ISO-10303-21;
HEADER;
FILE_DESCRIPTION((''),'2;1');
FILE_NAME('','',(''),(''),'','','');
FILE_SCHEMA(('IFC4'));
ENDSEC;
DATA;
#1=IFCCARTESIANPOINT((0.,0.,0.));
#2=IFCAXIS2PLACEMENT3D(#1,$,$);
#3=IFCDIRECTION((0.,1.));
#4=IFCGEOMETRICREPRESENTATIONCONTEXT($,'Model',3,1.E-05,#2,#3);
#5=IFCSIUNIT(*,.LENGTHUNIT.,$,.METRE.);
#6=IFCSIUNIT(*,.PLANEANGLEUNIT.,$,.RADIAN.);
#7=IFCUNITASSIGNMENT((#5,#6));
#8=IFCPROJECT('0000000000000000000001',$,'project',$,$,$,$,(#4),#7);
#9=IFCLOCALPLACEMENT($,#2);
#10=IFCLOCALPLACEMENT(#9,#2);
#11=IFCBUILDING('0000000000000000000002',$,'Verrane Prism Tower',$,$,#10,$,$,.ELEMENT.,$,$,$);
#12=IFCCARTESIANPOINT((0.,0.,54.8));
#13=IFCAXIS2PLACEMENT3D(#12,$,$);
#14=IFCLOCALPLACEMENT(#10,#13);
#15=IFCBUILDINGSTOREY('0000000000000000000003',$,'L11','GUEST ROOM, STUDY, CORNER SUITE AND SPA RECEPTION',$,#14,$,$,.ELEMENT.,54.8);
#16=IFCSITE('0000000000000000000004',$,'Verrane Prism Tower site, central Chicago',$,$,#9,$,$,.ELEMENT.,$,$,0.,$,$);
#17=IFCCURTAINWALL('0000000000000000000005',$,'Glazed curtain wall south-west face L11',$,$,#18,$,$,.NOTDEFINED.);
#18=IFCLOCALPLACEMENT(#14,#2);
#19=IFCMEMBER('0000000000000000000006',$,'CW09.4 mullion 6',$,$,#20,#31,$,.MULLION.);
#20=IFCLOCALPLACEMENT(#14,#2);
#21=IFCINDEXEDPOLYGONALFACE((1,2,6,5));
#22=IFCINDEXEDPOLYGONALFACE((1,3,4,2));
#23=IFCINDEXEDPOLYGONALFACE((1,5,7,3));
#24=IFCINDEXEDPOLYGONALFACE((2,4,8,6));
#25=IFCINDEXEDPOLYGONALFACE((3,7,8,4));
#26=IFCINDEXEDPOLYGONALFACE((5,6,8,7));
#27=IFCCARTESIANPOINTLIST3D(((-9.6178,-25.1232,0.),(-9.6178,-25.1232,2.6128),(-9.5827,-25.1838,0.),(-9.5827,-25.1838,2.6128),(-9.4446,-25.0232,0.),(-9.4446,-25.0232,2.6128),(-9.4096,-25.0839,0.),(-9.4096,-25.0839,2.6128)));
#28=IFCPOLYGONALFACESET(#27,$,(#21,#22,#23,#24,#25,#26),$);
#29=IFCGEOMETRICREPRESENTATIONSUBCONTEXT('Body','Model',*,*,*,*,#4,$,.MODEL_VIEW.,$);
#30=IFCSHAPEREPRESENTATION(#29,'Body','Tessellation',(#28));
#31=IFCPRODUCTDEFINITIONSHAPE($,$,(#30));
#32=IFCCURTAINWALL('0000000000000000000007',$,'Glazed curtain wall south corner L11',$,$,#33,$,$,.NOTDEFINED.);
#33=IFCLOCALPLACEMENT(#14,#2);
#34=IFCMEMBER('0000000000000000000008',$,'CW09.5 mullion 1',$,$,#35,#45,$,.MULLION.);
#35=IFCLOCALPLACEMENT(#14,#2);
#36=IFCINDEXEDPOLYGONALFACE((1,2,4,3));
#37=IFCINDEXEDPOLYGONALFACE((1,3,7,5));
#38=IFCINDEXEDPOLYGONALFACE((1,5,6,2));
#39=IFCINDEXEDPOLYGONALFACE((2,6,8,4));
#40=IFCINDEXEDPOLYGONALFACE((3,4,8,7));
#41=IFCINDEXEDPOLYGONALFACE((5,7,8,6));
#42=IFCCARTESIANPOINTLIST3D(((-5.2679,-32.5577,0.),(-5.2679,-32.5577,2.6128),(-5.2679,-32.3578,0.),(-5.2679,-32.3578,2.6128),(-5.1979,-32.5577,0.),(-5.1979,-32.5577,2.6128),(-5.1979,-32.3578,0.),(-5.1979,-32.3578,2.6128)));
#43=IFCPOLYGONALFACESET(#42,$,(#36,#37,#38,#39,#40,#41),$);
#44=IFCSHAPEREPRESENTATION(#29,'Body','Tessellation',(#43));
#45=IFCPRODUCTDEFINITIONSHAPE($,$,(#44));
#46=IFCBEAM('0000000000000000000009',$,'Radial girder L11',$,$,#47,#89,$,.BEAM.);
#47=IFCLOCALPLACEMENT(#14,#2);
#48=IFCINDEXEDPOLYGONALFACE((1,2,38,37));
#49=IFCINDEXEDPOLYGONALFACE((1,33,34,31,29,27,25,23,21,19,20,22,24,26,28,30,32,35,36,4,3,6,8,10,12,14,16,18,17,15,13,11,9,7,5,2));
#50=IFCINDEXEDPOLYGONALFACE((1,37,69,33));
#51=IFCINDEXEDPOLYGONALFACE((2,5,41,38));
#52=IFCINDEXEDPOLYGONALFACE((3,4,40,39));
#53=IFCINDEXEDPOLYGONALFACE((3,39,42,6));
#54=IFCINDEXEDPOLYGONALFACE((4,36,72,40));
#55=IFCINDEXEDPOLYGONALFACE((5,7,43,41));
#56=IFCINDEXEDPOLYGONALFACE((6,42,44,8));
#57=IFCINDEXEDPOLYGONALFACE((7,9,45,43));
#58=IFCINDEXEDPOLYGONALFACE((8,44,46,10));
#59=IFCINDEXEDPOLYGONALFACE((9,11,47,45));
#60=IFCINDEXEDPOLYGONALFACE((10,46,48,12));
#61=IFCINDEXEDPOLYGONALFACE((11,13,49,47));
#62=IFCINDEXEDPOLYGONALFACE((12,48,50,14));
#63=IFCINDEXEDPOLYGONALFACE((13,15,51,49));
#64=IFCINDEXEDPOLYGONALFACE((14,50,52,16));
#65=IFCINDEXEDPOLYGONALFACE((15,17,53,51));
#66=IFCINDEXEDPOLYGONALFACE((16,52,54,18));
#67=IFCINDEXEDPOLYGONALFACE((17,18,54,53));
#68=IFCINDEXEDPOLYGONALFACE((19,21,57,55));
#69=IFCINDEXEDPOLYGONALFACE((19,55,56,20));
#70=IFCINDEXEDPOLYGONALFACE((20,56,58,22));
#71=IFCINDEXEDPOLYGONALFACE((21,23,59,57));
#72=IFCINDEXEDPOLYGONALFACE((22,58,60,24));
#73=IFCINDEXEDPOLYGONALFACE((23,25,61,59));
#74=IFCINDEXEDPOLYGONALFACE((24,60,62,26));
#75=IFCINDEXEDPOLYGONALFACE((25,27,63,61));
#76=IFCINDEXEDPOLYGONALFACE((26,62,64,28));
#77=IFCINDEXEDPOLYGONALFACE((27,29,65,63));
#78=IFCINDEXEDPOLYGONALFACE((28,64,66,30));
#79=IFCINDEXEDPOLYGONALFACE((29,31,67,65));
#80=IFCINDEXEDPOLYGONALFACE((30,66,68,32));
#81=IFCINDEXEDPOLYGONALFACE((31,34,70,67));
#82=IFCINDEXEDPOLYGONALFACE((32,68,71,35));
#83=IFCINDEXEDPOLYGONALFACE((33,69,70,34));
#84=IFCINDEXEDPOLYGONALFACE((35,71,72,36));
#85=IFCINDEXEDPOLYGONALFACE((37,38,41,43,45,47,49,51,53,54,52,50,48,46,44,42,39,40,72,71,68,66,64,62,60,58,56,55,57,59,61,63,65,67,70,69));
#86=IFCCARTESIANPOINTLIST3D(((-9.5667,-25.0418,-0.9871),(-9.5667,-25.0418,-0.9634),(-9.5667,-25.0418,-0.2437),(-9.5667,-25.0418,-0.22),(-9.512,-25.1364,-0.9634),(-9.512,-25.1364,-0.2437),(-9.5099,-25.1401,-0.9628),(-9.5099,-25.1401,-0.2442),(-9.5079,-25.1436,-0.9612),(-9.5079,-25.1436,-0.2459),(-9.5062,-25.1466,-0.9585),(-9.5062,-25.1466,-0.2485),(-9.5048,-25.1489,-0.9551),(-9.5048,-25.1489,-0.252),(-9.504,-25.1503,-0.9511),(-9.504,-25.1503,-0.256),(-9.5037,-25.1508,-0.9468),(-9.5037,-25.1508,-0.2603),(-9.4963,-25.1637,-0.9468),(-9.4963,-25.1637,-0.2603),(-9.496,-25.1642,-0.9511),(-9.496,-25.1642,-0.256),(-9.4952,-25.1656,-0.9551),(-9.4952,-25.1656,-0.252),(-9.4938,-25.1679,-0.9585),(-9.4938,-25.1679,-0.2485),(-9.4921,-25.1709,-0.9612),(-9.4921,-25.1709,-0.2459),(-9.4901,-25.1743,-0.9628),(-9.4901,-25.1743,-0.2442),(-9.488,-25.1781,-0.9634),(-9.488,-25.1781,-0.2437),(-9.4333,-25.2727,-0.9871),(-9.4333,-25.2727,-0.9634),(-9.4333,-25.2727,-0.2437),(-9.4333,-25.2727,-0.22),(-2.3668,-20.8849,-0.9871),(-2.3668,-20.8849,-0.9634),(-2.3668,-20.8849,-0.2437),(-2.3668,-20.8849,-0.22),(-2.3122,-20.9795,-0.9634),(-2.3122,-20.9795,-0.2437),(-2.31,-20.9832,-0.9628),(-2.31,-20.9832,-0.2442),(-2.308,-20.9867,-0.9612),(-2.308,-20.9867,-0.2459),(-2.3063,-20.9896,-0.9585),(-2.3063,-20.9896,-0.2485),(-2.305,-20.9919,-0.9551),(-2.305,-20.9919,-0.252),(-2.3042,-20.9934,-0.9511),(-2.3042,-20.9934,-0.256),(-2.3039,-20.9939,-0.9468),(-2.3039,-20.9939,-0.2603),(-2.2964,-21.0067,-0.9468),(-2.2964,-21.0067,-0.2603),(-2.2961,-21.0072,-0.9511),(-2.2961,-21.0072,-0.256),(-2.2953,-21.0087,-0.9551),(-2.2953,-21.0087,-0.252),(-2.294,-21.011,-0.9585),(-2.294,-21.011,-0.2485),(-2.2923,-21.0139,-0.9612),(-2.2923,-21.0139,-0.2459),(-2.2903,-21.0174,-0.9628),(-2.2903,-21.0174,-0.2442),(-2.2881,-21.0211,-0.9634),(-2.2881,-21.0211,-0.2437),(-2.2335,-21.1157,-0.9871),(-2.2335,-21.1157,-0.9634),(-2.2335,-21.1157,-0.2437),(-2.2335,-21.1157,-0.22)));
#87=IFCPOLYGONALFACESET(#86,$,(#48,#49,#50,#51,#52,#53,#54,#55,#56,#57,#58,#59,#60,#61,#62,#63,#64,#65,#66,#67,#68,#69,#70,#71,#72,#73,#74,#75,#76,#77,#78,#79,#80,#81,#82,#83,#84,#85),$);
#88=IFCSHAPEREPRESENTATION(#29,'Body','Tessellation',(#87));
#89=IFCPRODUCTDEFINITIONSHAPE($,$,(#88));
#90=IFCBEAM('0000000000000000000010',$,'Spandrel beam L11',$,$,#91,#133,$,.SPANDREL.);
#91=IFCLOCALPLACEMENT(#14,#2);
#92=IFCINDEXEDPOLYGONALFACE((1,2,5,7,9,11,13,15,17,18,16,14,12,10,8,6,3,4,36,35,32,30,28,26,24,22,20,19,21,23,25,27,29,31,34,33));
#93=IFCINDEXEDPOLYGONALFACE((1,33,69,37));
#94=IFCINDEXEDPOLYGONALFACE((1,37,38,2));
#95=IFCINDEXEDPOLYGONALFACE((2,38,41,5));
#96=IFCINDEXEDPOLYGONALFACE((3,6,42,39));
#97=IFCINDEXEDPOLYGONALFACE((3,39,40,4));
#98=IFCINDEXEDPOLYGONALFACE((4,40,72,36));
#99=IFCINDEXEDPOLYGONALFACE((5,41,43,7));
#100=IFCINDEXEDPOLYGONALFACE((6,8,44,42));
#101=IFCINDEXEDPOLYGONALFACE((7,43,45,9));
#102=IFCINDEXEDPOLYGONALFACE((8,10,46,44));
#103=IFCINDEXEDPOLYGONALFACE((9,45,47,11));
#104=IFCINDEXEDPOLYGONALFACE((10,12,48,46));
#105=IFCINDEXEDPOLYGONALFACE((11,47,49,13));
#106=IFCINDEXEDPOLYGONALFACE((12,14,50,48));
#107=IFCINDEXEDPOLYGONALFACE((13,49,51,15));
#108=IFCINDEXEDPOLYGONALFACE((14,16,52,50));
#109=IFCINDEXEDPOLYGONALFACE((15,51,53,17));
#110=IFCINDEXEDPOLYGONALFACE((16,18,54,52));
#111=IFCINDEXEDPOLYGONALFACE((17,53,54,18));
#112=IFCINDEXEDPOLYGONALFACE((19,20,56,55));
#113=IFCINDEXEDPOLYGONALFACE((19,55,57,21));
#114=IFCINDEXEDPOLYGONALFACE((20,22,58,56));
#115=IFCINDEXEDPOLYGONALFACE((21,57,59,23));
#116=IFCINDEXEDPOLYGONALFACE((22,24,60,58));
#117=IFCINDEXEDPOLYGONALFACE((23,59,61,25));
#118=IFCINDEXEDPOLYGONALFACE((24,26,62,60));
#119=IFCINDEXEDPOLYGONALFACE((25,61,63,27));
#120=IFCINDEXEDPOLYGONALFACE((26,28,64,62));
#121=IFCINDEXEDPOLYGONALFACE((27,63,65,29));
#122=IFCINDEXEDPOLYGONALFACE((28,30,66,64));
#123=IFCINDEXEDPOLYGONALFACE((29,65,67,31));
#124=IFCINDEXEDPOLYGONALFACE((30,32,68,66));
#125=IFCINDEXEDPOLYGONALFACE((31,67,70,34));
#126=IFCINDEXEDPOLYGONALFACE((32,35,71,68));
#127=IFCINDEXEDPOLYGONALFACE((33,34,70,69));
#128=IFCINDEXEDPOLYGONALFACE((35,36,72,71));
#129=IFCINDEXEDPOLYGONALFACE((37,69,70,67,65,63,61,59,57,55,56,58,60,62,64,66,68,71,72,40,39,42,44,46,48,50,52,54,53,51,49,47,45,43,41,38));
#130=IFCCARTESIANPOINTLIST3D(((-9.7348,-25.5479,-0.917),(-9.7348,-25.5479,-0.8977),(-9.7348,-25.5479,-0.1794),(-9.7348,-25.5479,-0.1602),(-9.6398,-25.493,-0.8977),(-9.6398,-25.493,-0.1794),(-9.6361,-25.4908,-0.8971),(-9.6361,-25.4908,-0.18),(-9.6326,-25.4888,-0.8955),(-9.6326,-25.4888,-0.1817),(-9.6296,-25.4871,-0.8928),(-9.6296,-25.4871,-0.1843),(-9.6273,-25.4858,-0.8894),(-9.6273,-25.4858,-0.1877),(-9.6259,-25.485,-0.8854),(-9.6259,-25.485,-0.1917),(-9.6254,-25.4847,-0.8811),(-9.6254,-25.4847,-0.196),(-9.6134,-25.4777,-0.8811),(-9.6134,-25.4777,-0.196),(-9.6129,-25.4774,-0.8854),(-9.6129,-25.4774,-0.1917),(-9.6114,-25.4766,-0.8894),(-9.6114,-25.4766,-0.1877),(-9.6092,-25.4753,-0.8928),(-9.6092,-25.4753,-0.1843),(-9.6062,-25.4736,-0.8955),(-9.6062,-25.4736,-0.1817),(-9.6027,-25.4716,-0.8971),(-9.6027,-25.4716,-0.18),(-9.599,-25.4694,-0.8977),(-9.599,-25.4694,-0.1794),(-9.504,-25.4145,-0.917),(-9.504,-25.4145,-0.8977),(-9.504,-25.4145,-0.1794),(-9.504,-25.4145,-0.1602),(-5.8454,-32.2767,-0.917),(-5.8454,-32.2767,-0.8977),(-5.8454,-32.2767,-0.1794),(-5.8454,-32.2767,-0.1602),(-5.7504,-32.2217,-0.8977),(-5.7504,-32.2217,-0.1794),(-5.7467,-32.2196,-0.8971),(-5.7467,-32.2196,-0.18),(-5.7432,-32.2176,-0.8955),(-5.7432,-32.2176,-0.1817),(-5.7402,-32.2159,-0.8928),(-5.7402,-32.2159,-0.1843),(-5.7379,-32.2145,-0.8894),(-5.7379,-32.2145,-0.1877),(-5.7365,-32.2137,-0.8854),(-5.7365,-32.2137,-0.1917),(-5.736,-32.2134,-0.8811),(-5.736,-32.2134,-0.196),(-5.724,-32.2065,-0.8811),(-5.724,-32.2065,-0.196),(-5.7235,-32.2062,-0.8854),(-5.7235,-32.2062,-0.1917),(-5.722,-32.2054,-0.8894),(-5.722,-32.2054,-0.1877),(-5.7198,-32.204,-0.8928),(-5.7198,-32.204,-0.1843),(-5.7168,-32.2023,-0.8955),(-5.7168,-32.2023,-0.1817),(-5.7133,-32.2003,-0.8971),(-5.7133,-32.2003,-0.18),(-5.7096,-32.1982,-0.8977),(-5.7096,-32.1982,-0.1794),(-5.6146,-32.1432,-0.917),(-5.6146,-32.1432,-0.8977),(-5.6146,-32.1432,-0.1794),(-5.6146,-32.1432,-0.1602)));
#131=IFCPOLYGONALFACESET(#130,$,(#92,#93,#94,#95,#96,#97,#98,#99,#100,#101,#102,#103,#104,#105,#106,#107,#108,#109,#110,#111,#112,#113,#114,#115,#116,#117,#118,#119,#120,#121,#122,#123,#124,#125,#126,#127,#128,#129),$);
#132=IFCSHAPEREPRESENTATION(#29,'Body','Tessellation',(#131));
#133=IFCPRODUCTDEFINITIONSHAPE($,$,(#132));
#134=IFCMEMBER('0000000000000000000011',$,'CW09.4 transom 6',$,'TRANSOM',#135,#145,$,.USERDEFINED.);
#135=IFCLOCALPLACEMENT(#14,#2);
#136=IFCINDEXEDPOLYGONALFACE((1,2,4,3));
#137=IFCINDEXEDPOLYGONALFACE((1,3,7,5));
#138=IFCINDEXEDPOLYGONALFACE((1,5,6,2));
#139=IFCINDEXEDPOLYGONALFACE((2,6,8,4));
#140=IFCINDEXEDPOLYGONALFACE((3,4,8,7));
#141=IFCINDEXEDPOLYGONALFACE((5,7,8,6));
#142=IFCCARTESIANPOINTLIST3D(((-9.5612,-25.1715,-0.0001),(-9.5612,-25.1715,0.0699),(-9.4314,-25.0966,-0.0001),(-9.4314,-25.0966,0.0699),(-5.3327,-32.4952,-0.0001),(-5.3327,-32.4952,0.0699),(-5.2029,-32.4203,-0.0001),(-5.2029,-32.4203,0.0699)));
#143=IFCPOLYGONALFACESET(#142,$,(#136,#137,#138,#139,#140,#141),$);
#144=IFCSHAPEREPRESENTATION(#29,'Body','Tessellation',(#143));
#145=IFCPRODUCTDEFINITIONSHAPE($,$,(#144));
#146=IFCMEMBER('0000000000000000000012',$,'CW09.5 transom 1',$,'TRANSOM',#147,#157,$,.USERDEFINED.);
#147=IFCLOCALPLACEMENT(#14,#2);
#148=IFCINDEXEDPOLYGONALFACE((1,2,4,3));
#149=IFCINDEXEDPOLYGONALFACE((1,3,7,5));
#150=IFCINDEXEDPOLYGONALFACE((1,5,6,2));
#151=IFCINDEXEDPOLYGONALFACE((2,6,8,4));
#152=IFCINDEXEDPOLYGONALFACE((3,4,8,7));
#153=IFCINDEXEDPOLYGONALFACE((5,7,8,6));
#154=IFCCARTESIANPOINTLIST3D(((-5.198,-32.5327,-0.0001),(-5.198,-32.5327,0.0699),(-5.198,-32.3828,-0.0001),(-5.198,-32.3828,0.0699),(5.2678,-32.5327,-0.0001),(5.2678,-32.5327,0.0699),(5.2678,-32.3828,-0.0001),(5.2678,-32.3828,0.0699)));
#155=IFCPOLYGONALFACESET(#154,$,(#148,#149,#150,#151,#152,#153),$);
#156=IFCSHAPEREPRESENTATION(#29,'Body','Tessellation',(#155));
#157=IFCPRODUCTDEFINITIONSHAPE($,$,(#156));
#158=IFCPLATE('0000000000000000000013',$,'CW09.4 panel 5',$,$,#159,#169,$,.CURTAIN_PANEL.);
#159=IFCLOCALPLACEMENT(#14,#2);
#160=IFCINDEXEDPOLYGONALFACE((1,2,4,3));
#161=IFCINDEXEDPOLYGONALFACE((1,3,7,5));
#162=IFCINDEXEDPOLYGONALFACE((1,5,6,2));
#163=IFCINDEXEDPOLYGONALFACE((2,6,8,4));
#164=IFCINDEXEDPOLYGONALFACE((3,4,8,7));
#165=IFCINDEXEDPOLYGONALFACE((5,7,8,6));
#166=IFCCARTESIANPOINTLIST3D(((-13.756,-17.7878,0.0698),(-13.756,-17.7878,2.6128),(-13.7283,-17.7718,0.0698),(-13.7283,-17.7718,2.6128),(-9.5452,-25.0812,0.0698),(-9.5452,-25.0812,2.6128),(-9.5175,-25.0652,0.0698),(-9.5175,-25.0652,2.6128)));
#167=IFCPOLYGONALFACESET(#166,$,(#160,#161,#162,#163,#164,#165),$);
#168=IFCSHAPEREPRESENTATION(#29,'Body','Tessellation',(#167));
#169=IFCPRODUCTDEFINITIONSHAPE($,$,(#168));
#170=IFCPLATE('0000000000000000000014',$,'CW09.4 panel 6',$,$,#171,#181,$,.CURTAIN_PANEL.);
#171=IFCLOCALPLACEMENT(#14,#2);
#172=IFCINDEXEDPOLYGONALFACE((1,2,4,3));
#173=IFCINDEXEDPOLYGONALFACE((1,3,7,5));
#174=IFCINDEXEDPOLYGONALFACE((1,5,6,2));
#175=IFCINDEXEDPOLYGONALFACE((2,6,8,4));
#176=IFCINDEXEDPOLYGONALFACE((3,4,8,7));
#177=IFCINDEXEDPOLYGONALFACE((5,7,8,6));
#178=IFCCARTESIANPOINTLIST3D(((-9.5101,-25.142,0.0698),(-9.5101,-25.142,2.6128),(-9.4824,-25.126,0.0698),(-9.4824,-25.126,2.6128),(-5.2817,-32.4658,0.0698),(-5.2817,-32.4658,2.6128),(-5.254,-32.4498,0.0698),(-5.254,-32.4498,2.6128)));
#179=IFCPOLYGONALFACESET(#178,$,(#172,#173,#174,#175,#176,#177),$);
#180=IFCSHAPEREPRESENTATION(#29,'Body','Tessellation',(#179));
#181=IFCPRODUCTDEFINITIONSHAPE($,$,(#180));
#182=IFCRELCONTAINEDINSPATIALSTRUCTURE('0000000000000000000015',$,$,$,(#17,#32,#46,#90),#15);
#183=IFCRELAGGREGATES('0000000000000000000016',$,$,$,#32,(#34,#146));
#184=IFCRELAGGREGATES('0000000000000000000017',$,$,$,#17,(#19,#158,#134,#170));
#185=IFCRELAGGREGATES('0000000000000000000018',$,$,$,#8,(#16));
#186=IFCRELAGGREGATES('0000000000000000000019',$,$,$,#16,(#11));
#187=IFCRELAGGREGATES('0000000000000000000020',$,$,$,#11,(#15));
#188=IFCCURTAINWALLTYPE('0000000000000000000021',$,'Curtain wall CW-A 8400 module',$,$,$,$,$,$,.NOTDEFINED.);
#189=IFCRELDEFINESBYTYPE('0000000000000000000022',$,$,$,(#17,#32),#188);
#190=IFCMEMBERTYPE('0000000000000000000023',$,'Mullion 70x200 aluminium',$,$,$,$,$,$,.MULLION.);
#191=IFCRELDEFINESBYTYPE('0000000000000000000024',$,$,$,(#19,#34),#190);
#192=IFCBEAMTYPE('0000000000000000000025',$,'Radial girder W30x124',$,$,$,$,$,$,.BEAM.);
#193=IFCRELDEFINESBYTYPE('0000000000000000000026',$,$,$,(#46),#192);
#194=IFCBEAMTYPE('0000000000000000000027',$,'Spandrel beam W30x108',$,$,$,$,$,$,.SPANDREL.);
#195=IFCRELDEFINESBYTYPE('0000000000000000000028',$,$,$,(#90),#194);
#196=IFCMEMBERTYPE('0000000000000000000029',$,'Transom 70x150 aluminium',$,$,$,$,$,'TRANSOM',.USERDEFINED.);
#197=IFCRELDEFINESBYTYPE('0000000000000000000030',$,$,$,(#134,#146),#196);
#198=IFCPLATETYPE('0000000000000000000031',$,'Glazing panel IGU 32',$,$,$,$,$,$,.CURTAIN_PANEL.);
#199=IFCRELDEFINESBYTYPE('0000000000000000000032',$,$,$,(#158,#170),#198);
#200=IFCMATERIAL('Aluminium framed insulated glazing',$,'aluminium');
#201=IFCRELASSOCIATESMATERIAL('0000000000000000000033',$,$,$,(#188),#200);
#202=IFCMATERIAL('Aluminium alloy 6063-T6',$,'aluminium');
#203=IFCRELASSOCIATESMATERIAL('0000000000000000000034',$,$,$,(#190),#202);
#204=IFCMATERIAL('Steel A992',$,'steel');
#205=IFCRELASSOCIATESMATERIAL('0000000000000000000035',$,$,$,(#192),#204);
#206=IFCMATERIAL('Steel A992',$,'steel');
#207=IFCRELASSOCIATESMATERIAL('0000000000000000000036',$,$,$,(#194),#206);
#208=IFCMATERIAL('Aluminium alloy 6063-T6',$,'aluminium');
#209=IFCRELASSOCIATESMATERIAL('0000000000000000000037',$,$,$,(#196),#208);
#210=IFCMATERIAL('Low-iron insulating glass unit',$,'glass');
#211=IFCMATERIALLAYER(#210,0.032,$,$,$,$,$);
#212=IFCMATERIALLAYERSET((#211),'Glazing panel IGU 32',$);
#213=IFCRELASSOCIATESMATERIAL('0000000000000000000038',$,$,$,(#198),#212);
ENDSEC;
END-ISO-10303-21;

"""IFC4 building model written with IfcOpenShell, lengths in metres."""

from ifc_helpers import new_model, si_unit, direction, frame, origin, origin_2d, place, context, subcontext, project, spatial, rectangle, i_section, extrude, material, layer, layer_set, material_profile, profile_set, type_object, element, aggregate, save


model = new_model("IFC4")

# Units and contexts
model_context = context("Model", 3, precision=1e-05, world=origin(), true_north=direction((0.0, 1.0)))
body_context = subcontext(model_context, "Body", "Model", "MODEL_VIEW")
ifc_project = project(units=[si_unit("LENGTHUNIT", "METRE"), si_unit("PLANEANGLEUNIT", "RADIAN")], contexts=[model_context])

# Site, building, storey
site_placement = place(None, origin())
site = spatial("IfcSite", under=ifc_project, at=site_placement, Name="Verrane Prism Tower site, central Chicago", CompositionType="ELEMENT", RefElevation=0.0)
building_placement = place(site_placement, origin())
building = spatial("IfcBuilding", under=site, at=building_placement, Name="Verrane Prism Tower", CompositionType="ELEMENT")
storey_placement = place(building_placement, frame((0.0, 0.0, 54.8)))
storey = spatial("IfcBuildingStorey", under=building, at=storey_placement, Name="L11", Description="GUEST ROOM, STUDY, CORNER SUITE AND SPA RECEPTION", CompositionType="ELEMENT", Elevation=54.8)

# Curtain walls, members
ifc_material_1 = material(Name="Aluminium framed insulated glazing", Category="aluminium")
curtain_wall_type = type_object("IfcCurtainWallType", Name="Curtain wall CW-A 8400 module", PredefinedType="NOTDEFINED", material=ifc_material_1)
curtain_wall_1_placement = place(storey_placement, origin())
curtain_wall_1 = element("IfcCurtainWall", 1, at=curtain_wall_1_placement, inside=storey, type_object=curtain_wall_type, Name="Glazed curtain wall south-west face L11", PredefinedType="NOTDEFINED")
ifc_material_2 = material(Name="Aluminium alloy 6063-T6", Category="aluminium")
ifc_material_profile_1 = material_profile(ifc_material_2, rectangle(XDim=0.2, YDim=0.0701, at=origin_2d()), Name="Mullion 70x200 aluminium")
ifc_profile_set_1 = profile_set([ifc_material_profile_1], Name="Aluminium alloy 6063-T6")
member_type_1 = type_object("IfcMemberType", Name="Mullion 70x200 aluminium", PredefinedType="MULLION", material=ifc_profile_set_1)
member_1_placement = place(storey_placement, frame((-9.5137, -25.1035, 0.0), z_axis=(0.0, 0.0, 1.0), x_axis=(0.866026, 0.499999, 0.0)))
member_1 = element("IfcMember", 2, at=member_1_placement, type_object=member_type_1, Name="CW09.4 mullion 6", PredefinedType="MULLION", context=body_context, shape_type="SweptSolid", body=[
    extrude(rectangle(XDim=0.2, YDim=0.0701, at=origin_2d()), origin(), (0.0, 0.0, 1.0), 2.6128),
])
curtain_wall_2_placement = place(storey_placement, origin())
curtain_wall_2 = element("IfcCurtainWall", 3, at=curtain_wall_2_placement, inside=storey, type_object=curtain_wall_type, Name="Glazed curtain wall south corner L11", PredefinedType="NOTDEFINED")
member_2_placement = place(storey_placement, frame((-5.2329, -32.4578, 0.0), z_axis=(0.0, 0.0, 1.0), x_axis=(0.0, 1.0, 0.0)))
member_2 = element("IfcMember", 4, at=member_2_placement, type_object=member_type_1, Name="CW09.5 mullion 1", PredefinedType="MULLION", context=body_context, shape_type="SweptSolid", body=[
    extrude(rectangle(XDim=0.2, YDim=0.0701, at=origin_2d()), origin(), (0.0, 0.0, 1.0), 2.6128),
])

# Beams
ifc_material_3 = material(Name="Steel A992", Category="steel")
ifc_material_profile_2 = material_profile(ifc_material_3, i_section(OverallWidth=0.2666, OverallDepth=0.7671, WebThickness=0.0149, FlangeThickness=0.0237, FilletRadius=0.0166, at=origin_2d()), Name="W30x124")
ifc_profile_set_2 = profile_set([ifc_material_profile_2], Name="Steel A992")
beam_type_1 = type_object("IfcBeamType", Name="Radial girder W30x124", PredefinedType="BEAM", material=ifc_profile_set_2)
beam_1_placement = place(storey_placement, frame((-9.5, -25.1572, -0.6035), z_axis=(0.866021, 0.500008, 0.0), x_axis=(-0.500008, 0.866021, 0.0)))
element("IfcBeam", 5, at=beam_1_placement, inside=storey, type_object=beam_type_1, Name="Radial girder L11", PredefinedType="BEAM", context=body_context, shape_type="SweptSolid", body=[
    extrude(i_section(OverallWidth=0.2666, OverallDepth=0.7671, WebThickness=0.0149, FlangeThickness=0.0237, FilletRadius=0.0166, at=origin_2d()), origin(), (0.0, 0.0, 1.0), 8.3137),
])
ifc_material_4 = material(Name="Steel A992", Category="steel")
ifc_material_profile_3 = material_profile(ifc_material_4, i_section(OverallWidth=0.2666, OverallDepth=0.7568, WebThickness=0.0139, FlangeThickness=0.0193, FilletRadius=0.0166, at=origin_2d()), Name="W30x108")
ifc_profile_set_3 = profile_set([ifc_material_profile_3], Name="Steel A992")
beam_type_2 = type_object("IfcBeamType", Name="Spandrel beam W30x108", PredefinedType="SPANDREL", material=ifc_profile_set_3)
beam_2_placement = place(storey_placement, frame((-9.6194, -25.4812, -0.5386), z_axis=(0.500439, -0.865772, 0.0), x_axis=(0.865772, 0.500439, 0.0)))
element("IfcBeam", 6, at=beam_2_placement, inside=storey, type_object=beam_type_2, Name="Spandrel beam L11", PredefinedType="SPANDREL", context=body_context, shape_type="SweptSolid", body=[
    extrude(i_section(OverallWidth=0.2666, OverallDepth=0.7568, WebThickness=0.0139, FlangeThickness=0.0193, FilletRadius=0.0166, at=origin_2d()), origin(), (0.0, 0.0, 1.0), 7.772),
])

# Members
ifc_material_5 = material(Name="Aluminium alloy 6063-T6", Category="aluminium")
ifc_material_profile_4 = material_profile(ifc_material_5, rectangle(XDim=0.1499, YDim=0.0701, at=origin_2d()), Name="Transom 70x150 aluminium")
ifc_profile_set_4 = profile_set([ifc_material_profile_4], Name="Aluminium alloy 6063-T6")
member_type_2 = type_object("IfcMemberType", Name="Transom 70x150 aluminium", ElementType="TRANSOM", PredefinedType="USERDEFINED", material=ifc_profile_set_4)
member_3_placement = place(storey_placement, frame((-9.4963, -25.134, 0.0349), z_axis=(0.500014, -0.866017, 0.0), x_axis=(0.866017, 0.500014, 0.0)))
member_3 = element("IfcMember", 7, at=member_3_placement, type_object=member_type_2, Name="CW09.4 transom 6", ObjectType="TRANSOM", PredefinedType="USERDEFINED", context=body_context, shape_type="SweptSolid", body=[
    extrude(rectangle(XDim=0.1499, YDim=0.0701, at=origin_2d()), origin(), (0.0, 0.0, 1.0), 8.4568),
])
member_4_placement = place(storey_placement, frame((-5.198, -32.4578, 0.0349), z_axis=(1.0, 0.0, 0.0), x_axis=(0.0, 1.0, 0.0)))
member_4 = element("IfcMember", 8, at=member_4_placement, type_object=member_type_2, Name="CW09.5 transom 1", ObjectType="TRANSOM", PredefinedType="USERDEFINED", context=body_context, shape_type="SweptSolid", body=[
    extrude(rectangle(XDim=0.1499, YDim=0.0701, at=origin_2d()), origin(), (0.0, 0.0, 1.0), 10.4658),
])
aggregate(curtain_wall_2, [member_2, member_4])

# Plates
ifc_material_6 = material(Name="Low-iron insulating glass unit", Category="glass")
ifc_layer_1 = layer(ifc_material_6, 0.032)
ifc_layer_set_1 = layer_set([ifc_layer_1], Name="Glazing panel IGU 32")
plate_type = type_object("IfcPlateType", Name="Glazing panel IGU 32", PredefinedType="CURTAIN_PANEL", material=ifc_layer_set_1)
plate_1_placement = place(storey_placement, frame((-11.6367, -21.4265, 0.0698), z_axis=(0.0, 0.0, 1.0), x_axis=(0.499999, -0.866026, 0.0)))
plate_1 = element("IfcPlate", 9, at=plate_1_placement, type_object=plate_type, Name="CW09.4 panel 5", PredefinedType="CURTAIN_PANEL", context=body_context, shape_type="SweptSolid", body=[
    extrude(rectangle(XDim=8.4216, YDim=0.032, at=origin_2d()), origin(), (0.0, 0.0, 1.0), 2.543),
])
plate_2_placement = place(storey_placement, frame((-7.3821, -28.7959, 0.0698), z_axis=(0.0, 0.0, 1.0), x_axis=(0.499999, -0.866026, 0.0)))
plate_2 = element("IfcPlate", 10, at=plate_2_placement, type_object=plate_type, Name="CW09.4 panel 6", PredefinedType="CURTAIN_PANEL", context=body_context, shape_type="SweptSolid", body=[
    extrude(rectangle(XDim=8.4568, YDim=0.032, at=origin_2d()), origin(), (0.0, 0.0, 1.0), 2.543),
])
aggregate(curtain_wall_1, [member_1, plate_1, member_3, plate_2])

save(model, "model.ifc")
